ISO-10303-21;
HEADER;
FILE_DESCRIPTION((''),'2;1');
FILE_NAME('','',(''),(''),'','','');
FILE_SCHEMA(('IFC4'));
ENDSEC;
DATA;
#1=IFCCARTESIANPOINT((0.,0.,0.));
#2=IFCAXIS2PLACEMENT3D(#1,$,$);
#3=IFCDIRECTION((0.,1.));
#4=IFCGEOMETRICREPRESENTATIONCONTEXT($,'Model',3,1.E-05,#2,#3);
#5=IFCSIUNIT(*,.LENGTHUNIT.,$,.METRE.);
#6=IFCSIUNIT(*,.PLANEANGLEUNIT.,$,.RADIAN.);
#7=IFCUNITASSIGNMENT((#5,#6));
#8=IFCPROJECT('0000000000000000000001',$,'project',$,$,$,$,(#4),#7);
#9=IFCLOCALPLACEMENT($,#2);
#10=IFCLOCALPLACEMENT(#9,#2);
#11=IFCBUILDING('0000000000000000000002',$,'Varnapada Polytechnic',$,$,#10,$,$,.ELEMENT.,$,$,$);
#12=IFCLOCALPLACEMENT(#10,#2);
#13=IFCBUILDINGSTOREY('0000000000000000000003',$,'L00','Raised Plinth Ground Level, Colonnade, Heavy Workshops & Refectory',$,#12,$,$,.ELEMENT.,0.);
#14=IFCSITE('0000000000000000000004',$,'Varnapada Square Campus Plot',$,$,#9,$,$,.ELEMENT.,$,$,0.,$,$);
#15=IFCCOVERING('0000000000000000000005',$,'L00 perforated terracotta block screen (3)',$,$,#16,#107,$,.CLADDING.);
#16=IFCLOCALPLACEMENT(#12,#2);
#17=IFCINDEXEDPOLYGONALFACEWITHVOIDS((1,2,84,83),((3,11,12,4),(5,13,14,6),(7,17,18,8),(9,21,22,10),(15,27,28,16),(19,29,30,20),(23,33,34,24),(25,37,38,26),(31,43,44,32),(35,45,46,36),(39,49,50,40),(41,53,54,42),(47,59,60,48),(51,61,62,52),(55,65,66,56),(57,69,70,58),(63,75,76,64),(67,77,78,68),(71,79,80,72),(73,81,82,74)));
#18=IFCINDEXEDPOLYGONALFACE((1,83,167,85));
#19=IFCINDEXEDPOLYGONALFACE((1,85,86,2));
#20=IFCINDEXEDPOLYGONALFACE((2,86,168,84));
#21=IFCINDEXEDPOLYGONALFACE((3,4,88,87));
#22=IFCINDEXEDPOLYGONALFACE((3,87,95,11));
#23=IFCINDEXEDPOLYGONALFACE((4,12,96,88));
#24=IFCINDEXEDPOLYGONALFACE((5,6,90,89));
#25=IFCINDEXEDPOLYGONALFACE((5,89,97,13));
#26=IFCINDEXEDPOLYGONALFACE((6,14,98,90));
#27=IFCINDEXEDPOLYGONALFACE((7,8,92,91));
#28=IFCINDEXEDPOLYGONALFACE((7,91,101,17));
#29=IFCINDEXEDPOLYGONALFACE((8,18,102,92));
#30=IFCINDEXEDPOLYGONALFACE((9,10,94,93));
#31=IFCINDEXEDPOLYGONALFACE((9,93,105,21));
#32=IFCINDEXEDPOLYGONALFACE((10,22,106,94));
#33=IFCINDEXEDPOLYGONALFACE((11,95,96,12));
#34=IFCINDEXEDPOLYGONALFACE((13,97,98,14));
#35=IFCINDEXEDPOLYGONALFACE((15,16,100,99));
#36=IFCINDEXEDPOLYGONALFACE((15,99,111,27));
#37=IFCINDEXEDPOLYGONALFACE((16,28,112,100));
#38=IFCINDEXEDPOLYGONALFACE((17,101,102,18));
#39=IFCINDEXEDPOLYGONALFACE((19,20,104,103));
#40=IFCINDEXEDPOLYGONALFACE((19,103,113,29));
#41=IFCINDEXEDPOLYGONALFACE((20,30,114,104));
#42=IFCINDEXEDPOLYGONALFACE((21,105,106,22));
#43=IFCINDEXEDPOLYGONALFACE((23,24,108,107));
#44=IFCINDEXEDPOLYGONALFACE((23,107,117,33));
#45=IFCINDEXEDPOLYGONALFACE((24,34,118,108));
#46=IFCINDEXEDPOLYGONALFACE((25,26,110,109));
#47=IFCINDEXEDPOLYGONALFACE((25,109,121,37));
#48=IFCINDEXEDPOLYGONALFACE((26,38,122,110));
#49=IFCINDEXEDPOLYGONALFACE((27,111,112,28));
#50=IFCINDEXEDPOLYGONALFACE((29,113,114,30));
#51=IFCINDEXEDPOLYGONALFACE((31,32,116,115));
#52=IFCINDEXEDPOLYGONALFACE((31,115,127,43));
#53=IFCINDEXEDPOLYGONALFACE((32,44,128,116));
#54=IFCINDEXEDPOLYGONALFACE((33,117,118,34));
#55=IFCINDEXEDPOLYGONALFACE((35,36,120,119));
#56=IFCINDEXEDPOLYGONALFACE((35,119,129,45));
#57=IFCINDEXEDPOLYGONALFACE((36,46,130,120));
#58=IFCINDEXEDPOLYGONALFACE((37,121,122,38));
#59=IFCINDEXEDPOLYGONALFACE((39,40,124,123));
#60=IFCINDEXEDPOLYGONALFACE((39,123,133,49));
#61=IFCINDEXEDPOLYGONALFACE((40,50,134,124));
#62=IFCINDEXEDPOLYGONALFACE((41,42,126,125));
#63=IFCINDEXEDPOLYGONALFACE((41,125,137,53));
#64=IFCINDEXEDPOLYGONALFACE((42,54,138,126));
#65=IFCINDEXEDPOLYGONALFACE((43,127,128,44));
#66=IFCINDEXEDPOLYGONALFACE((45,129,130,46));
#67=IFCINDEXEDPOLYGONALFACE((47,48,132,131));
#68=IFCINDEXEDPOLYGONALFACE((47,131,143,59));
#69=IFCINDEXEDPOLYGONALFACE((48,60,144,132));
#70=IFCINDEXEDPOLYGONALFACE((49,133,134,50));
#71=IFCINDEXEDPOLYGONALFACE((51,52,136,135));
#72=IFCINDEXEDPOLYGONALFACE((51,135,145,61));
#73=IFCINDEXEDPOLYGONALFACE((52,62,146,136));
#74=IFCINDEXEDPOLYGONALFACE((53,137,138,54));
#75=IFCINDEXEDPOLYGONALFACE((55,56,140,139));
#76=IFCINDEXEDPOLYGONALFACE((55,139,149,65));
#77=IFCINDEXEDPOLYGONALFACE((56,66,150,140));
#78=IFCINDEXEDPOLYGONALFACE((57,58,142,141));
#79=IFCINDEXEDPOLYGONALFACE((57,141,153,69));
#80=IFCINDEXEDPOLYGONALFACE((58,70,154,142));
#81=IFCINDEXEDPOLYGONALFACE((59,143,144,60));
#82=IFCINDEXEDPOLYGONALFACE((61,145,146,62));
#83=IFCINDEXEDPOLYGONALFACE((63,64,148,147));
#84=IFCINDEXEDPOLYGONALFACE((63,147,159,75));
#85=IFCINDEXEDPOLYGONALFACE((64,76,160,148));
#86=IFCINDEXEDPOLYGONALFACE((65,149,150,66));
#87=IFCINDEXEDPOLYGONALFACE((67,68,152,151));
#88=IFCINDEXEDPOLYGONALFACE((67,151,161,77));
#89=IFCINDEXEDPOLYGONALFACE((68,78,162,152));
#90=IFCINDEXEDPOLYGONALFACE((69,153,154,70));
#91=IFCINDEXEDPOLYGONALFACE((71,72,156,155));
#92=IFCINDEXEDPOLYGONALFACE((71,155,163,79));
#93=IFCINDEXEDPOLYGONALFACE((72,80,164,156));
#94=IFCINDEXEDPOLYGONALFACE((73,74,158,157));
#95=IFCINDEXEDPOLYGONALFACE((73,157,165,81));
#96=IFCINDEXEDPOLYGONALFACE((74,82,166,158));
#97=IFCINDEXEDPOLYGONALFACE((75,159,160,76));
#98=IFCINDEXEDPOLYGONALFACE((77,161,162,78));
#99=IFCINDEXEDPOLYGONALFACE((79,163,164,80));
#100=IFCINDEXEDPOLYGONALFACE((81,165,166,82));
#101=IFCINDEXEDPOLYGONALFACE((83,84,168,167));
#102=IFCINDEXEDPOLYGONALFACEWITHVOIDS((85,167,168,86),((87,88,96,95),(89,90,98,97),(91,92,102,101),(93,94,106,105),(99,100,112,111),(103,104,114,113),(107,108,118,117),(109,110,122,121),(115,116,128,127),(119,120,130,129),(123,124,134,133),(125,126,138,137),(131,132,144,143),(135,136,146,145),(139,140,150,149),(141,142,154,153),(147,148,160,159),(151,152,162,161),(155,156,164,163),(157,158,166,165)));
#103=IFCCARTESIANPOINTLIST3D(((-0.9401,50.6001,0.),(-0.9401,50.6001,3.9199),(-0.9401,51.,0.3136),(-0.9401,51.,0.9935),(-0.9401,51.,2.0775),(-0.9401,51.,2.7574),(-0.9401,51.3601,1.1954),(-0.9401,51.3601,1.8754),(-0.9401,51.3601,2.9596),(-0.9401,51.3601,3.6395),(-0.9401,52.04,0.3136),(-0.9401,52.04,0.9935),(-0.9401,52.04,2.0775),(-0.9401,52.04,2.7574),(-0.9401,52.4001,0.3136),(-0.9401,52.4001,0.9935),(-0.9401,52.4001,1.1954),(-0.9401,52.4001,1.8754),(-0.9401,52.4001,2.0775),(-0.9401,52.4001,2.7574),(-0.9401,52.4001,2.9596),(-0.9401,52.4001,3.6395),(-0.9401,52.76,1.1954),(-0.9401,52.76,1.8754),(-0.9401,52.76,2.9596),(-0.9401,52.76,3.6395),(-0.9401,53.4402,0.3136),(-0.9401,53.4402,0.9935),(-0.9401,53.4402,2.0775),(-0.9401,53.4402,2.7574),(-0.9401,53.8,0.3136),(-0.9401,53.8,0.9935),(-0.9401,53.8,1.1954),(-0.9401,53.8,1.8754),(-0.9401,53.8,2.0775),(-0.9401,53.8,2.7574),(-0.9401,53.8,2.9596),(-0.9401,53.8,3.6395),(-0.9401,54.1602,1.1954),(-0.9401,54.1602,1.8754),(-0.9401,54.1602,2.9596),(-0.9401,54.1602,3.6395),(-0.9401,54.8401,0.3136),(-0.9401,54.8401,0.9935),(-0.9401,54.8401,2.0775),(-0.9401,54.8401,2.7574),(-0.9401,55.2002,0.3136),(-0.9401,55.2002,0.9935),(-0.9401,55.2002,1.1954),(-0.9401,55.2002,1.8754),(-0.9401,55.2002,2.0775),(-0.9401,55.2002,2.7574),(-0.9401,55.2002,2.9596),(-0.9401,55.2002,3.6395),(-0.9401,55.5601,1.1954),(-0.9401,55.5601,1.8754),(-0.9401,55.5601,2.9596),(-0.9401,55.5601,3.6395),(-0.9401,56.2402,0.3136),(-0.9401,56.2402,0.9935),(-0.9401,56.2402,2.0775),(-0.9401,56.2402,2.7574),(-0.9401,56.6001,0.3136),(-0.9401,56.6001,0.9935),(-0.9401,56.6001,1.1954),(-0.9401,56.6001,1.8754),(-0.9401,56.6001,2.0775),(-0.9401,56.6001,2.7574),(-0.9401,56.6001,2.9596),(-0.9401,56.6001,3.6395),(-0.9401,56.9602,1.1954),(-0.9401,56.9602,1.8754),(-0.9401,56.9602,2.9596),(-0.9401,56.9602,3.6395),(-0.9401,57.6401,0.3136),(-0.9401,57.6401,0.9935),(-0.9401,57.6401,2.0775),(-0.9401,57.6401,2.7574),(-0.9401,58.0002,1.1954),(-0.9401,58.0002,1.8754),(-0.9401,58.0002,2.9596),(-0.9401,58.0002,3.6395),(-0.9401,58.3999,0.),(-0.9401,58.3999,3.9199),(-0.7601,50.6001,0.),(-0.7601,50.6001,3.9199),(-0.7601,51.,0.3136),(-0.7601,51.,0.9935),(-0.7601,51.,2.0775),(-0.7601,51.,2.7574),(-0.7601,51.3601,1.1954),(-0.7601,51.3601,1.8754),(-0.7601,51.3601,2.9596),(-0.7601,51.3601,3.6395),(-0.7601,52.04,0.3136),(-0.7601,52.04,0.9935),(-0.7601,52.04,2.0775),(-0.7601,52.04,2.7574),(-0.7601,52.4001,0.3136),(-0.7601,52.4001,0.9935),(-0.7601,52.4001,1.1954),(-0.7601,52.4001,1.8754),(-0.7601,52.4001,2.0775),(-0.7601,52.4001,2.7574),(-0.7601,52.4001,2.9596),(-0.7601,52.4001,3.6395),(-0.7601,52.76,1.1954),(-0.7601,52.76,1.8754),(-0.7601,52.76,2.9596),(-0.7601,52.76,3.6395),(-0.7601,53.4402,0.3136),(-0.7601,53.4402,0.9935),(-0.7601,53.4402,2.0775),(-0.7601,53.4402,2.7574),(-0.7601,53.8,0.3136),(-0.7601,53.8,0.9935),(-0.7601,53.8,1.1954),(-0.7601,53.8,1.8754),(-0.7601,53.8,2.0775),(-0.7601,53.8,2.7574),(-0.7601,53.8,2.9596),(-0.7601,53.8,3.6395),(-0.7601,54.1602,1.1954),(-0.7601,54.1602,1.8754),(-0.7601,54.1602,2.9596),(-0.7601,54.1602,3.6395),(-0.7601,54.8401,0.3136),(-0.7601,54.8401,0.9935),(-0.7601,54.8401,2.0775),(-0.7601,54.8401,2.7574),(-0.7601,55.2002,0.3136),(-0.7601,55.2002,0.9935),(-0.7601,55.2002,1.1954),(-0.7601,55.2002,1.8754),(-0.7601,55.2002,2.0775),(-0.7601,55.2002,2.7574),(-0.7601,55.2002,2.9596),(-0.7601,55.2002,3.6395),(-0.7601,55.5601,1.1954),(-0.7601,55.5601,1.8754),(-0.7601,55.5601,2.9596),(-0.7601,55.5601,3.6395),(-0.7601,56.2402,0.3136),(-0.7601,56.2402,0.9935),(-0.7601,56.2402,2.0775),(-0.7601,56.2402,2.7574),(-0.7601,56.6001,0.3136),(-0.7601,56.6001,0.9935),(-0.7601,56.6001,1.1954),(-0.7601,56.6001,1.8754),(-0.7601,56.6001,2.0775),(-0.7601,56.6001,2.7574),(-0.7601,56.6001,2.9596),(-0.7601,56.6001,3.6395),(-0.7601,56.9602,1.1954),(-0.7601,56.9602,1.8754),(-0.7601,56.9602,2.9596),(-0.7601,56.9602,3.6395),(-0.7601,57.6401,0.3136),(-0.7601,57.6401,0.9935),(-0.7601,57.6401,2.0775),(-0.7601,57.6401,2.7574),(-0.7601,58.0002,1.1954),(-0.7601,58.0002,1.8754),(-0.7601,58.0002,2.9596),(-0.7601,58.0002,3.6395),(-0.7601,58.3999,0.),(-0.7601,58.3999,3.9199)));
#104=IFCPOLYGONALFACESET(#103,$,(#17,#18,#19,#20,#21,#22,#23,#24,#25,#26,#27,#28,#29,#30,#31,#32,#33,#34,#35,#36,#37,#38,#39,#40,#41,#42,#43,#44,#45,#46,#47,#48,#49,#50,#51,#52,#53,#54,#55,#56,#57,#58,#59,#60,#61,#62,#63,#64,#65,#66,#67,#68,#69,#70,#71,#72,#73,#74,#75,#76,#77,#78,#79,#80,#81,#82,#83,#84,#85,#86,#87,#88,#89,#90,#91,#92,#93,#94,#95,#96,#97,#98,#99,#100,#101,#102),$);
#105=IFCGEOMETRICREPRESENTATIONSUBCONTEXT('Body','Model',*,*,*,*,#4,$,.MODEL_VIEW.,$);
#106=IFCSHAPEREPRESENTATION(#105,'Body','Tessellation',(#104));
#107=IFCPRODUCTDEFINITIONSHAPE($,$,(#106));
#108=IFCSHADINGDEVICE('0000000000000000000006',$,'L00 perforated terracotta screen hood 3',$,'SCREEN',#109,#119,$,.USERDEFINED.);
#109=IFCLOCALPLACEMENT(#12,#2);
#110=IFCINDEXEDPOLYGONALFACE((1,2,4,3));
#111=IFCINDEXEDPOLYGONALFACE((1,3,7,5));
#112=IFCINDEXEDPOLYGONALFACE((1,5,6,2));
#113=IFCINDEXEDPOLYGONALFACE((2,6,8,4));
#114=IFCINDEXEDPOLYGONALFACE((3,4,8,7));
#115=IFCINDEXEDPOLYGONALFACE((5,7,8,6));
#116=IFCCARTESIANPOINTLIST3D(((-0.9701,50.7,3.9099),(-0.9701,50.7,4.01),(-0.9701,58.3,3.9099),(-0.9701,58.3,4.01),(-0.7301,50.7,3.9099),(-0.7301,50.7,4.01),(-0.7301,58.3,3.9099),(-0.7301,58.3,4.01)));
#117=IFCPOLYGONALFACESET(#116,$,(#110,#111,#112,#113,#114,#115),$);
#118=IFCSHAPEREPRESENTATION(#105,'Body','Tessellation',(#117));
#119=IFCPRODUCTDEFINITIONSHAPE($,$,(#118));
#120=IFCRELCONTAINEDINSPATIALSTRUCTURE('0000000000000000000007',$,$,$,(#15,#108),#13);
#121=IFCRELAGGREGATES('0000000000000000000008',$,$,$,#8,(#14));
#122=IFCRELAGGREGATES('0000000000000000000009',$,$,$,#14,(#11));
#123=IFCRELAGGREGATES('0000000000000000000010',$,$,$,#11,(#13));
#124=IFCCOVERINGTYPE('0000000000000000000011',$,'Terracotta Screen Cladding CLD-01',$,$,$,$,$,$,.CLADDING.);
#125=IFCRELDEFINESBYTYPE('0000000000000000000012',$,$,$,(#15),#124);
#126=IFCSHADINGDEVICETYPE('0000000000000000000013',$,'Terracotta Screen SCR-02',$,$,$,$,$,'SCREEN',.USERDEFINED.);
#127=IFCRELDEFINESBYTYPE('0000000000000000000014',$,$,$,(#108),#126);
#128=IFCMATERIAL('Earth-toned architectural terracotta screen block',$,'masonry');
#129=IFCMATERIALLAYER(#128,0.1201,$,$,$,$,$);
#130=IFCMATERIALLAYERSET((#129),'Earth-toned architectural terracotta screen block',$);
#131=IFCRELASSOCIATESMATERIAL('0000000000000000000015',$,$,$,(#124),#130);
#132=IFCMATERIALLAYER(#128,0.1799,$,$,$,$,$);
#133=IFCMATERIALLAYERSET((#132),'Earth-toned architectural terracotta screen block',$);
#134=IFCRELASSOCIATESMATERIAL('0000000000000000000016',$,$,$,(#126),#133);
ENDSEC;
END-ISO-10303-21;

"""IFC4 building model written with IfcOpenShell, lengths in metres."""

from ifc_helpers import new_model, si_unit, direction, frame, frame_2d, origin, origin_2d, place, context, subcontext, project, spatial, rectangle, extrude, material, layer, layer_set, type_object, element, save


model = new_model("IFC4")

# Units and contexts
model_context = context("Model", 3, precision=1e-05, world=origin(), true_north=direction((0.0, 1.0)))
body_context = subcontext(model_context, "Body", "Model", "MODEL_VIEW")
ifc_project = project(units=[si_unit("LENGTHUNIT", "METRE"), si_unit("PLANEANGLEUNIT", "RADIAN")], contexts=[model_context])

# Site, building, storey
site_placement = place(None, origin())
site = spatial("IfcSite", under=ifc_project, at=site_placement, Name="Varnapada Square Campus Plot", CompositionType="ELEMENT", RefElevation=0.0)
building_placement = place(site_placement, origin())
building = spatial("IfcBuilding", under=site, at=building_placement, Name="Varnapada Polytechnic", CompositionType="ELEMENT")
storey_placement = place(building_placement, origin())
storey = spatial("IfcBuildingStorey", under=building, at=storey_placement, Name="L00", Description="Raised Plinth Ground Level, Colonnade, Heavy Workshops & Refectory", CompositionType="ELEMENT", Elevation=0.0)

# Covering, openings
ifc_material_1 = material(Name="Earth-toned architectural terracotta screen block", Category="masonry")
ifc_layer_1 = layer(ifc_material_1, 0.1201)
ifc_layer_set_1 = layer_set([ifc_layer_1], Name="Earth-toned architectural terracotta screen block")
covering_type_1 = type_object("IfcCoveringType", Name="Terracotta Screen Cladding CLD-01", PredefinedType="CLADDING", material=ifc_layer_set_1)
covering_1_placement = place(storey_placement, frame((-0.8501, 50.6001, 0.0), z_axis=(0.0, 0.0, 1.0), x_axis=(0.0, 1.0, 0.0)))
covering_1 = element("IfcCovering", 1, at=covering_1_placement, inside=storey, type_object=covering_type_1, Name="L00 perforated terracotta block screen (3)", PredefinedType="CLADDING", context=body_context, shape_type="SweptSolid", body=[
    extrude(rectangle(XDim=7.7998, YDim=0.1799, at=frame_2d((3.8999, 0.0))), origin(), (0.0, 0.0, 1.0), 3.9199),
])
opening_1_placement = place(covering_1_placement, frame((0.3999, 0.0, 0.3137)))
element("IfcOpeningElement", 2, at=opening_1_placement, cuts=covering_1, PredefinedType="OPENING", context=body_context, shape_type="SweptSolid", body=[
    extrude(rectangle(XDim=1.04, YDim=0.6799, at=frame_2d((0.52, 0.3398))), frame((0.0, 0.0999, 0.0), z_axis=(0.0, -1.0, 0.0), x_axis=(1.0, 0.0, 0.0)), (0.0, 0.0, 1.0), 0.2),
])
opening_2_placement = place(covering_1_placement, frame((1.8, 0.0, 0.3137)))
element("IfcOpeningElement", 3, at=opening_2_placement, cuts=covering_1, PredefinedType="OPENING", context=body_context, shape_type="SweptSolid", body=[
    extrude(rectangle(XDim=1.04, YDim=0.6799, at=frame_2d((0.52, 0.3398))), frame((0.0, 0.0999, 0.0), z_axis=(0.0, -1.0, 0.0), x_axis=(1.0, 0.0, 0.0)), (0.0, 0.0, 1.0), 0.2),
])
opening_3_placement = place(covering_1_placement, frame((3.2, 0.0, 0.3137)))
element("IfcOpeningElement", 4, at=opening_3_placement, cuts=covering_1, PredefinedType="OPENING", context=body_context, shape_type="SweptSolid", body=[
    extrude(rectangle(XDim=1.04, YDim=0.6799, at=frame_2d((0.52, 0.3398))), frame((0.0, 0.0999, 0.0), z_axis=(0.0, -1.0, 0.0), x_axis=(1.0, 0.0, 0.0)), (0.0, 0.0, 1.0), 0.2),
])
opening_4_placement = place(covering_1_placement, frame((4.6001, 0.0, 0.3137)))
element("IfcOpeningElement", 5, at=opening_4_placement, cuts=covering_1, PredefinedType="OPENING", context=body_context, shape_type="SweptSolid", body=[
    extrude(rectangle(XDim=1.04, YDim=0.6799, at=frame_2d((0.52, 0.3398))), frame((0.0, 0.0999, 0.0), z_axis=(0.0, -1.0, 0.0), x_axis=(1.0, 0.0, 0.0)), (0.0, 0.0, 1.0), 0.2),
])
opening_5_placement = place(covering_1_placement, frame((6.0, 0.0, 0.3137)))
element("IfcOpeningElement", 6, at=opening_5_placement, cuts=covering_1, PredefinedType="OPENING", context=body_context, shape_type="SweptSolid", body=[
    extrude(rectangle(XDim=1.04, YDim=0.6799, at=frame_2d((0.52, 0.3398))), frame((0.0, 0.0999, 0.0), z_axis=(0.0, -1.0, 0.0), x_axis=(1.0, 0.0, 0.0)), (0.0, 0.0, 1.0), 0.2),
])
opening_6_placement = place(covering_1_placement, frame((0.76, 0.0, 1.1956)))
element("IfcOpeningElement", 7, at=opening_6_placement, cuts=covering_1, PredefinedType="OPENING", context=body_context, shape_type="SweptSolid", body=[
    extrude(rectangle(XDim=1.04, YDim=0.6799, at=frame_2d((0.52, 0.3398))), frame((0.0, 0.0999, 0.0), z_axis=(0.0, -1.0, 0.0), x_axis=(1.0, 0.0, 0.0)), (0.0, 0.0, 1.0), 0.2),
])
opening_7_placement = place(covering_1_placement, frame((2.1599, 0.0, 1.1956)))
element("IfcOpeningElement", 8, at=opening_7_placement, cuts=covering_1, PredefinedType="OPENING", context=body_context, shape_type="SweptSolid", body=[
    extrude(rectangle(XDim=1.04, YDim=0.6799, at=frame_2d((0.52, 0.3398))), frame((0.0, 0.0999, 0.0), z_axis=(0.0, -1.0, 0.0), x_axis=(1.0, 0.0, 0.0)), (0.0, 0.0, 1.0), 0.2),
])
opening_8_placement = place(covering_1_placement, frame((3.5601, 0.0, 1.1956)))
element("IfcOpeningElement", 9, at=opening_8_placement, cuts=covering_1, PredefinedType="OPENING", context=body_context, shape_type="SweptSolid", body=[
    extrude(rectangle(XDim=1.04, YDim=0.6799, at=frame_2d((0.52, 0.3398))), frame((0.0, 0.0999, 0.0), z_axis=(0.0, -1.0, 0.0), x_axis=(1.0, 0.0, 0.0)), (0.0, 0.0, 1.0), 0.2),
])
opening_9_placement = place(covering_1_placement, frame((4.96, 0.0, 1.1956)))
element("IfcOpeningElement", 10, at=opening_9_placement, cuts=covering_1, PredefinedType="OPENING", context=body_context, shape_type="SweptSolid", body=[
    extrude(rectangle(XDim=1.04, YDim=0.6799, at=frame_2d((0.52, 0.3398))), frame((0.0, 0.0999, 0.0), z_axis=(0.0, -1.0, 0.0), x_axis=(1.0, 0.0, 0.0)), (0.0, 0.0, 1.0), 0.2),
])
opening_10_placement = place(covering_1_placement, frame((6.3601, 0.0, 1.1956)))
element("IfcOpeningElement", 11, at=opening_10_placement, cuts=covering_1, PredefinedType="OPENING", context=body_context, shape_type="SweptSolid", body=[
    extrude(rectangle(XDim=1.04, YDim=0.6799, at=frame_2d((0.52, 0.3398))), frame((0.0, 0.0999, 0.0), z_axis=(0.0, -1.0, 0.0), x_axis=(1.0, 0.0, 0.0)), (0.0, 0.0, 1.0), 0.2),
])
opening_11_placement = place(covering_1_placement, frame((0.3999, 0.0, 2.0776)))
element("IfcOpeningElement", 12, at=opening_11_placement, cuts=covering_1, PredefinedType="OPENING", context=body_context, shape_type="SweptSolid", body=[
    extrude(rectangle(XDim=1.04, YDim=0.6799, at=frame_2d((0.52, 0.3398))), frame((0.0, 0.0999, 0.0), z_axis=(0.0, -1.0, 0.0), x_axis=(1.0, 0.0, 0.0)), (0.0, 0.0, 1.0), 0.2),
])
opening_12_placement = place(covering_1_placement, frame((1.8, 0.0, 2.0776)))
element("IfcOpeningElement", 13, at=opening_12_placement, cuts=covering_1, PredefinedType="OPENING", context=body_context, shape_type="SweptSolid", body=[
    extrude(rectangle(XDim=1.04, YDim=0.6799, at=frame_2d((0.52, 0.3398))), frame((0.0, 0.0999, 0.0), z_axis=(0.0, -1.0, 0.0), x_axis=(1.0, 0.0, 0.0)), (0.0, 0.0, 1.0), 0.2),
])
opening_13_placement = place(covering_1_placement, frame((3.2, 0.0, 2.0776)))
element("IfcOpeningElement", 14, at=opening_13_placement, cuts=covering_1, PredefinedType="OPENING", context=body_context, shape_type="SweptSolid", body=[
    extrude(rectangle(XDim=1.04, YDim=0.6799, at=frame_2d((0.52, 0.3398))), frame((0.0, 0.0999, 0.0), z_axis=(0.0, -1.0, 0.0), x_axis=(1.0, 0.0, 0.0)), (0.0, 0.0, 1.0), 0.2),
])
opening_14_placement = place(covering_1_placement, frame((4.6001, 0.0, 2.0776)))
element("IfcOpeningElement", 15, at=opening_14_placement, cuts=covering_1, PredefinedType="OPENING", context=body_context, shape_type="SweptSolid", body=[
    extrude(rectangle(XDim=1.04, YDim=0.6799, at=frame_2d((0.52, 0.3398))), frame((0.0, 0.0999, 0.0), z_axis=(0.0, -1.0, 0.0), x_axis=(1.0, 0.0, 0.0)), (0.0, 0.0, 1.0), 0.2),
])
opening_15_placement = place(covering_1_placement, frame((6.0, 0.0, 2.0776)))
element("IfcOpeningElement", 16, at=opening_15_placement, cuts=covering_1, PredefinedType="OPENING", context=body_context, shape_type="SweptSolid", body=[
    extrude(rectangle(XDim=1.04, YDim=0.6799, at=frame_2d((0.52, 0.3398))), frame((0.0, 0.0999, 0.0), z_axis=(0.0, -1.0, 0.0), x_axis=(1.0, 0.0, 0.0)), (0.0, 0.0, 1.0), 0.2),
])
opening_16_placement = place(covering_1_placement, frame((0.76, 0.0, 2.9597)))
element("IfcOpeningElement", 17, at=opening_16_placement, cuts=covering_1, PredefinedType="OPENING", context=body_context, shape_type="SweptSolid", body=[
    extrude(rectangle(XDim=1.04, YDim=0.6799, at=frame_2d((0.52, 0.3398))), frame((0.0, 0.0999, 0.0), z_axis=(0.0, -1.0, 0.0), x_axis=(1.0, 0.0, 0.0)), (0.0, 0.0, 1.0), 0.2),
])
opening_17_placement = place(covering_1_placement, frame((2.1599, 0.0, 2.9597)))
element("IfcOpeningElement", 18, at=opening_17_placement, cuts=covering_1, PredefinedType="OPENING", context=body_context, shape_type="SweptSolid", body=[
    extrude(rectangle(XDim=1.04, YDim=0.6799, at=frame_2d((0.52, 0.3398))), frame((0.0, 0.0999, 0.0), z_axis=(0.0, -1.0, 0.0), x_axis=(1.0, 0.0, 0.0)), (0.0, 0.0, 1.0), 0.2),
])
opening_18_placement = place(covering_1_placement, frame((3.5601, 0.0, 2.9597)))
element("IfcOpeningElement", 19, at=opening_18_placement, cuts=covering_1, PredefinedType="OPENING", context=body_context, shape_type="SweptSolid", body=[
    extrude(rectangle(XDim=1.04, YDim=0.6799, at=frame_2d((0.52, 0.3398))), frame((0.0, 0.0999, 0.0), z_axis=(0.0, -1.0, 0.0), x_axis=(1.0, 0.0, 0.0)), (0.0, 0.0, 1.0), 0.2),
])
opening_19_placement = place(covering_1_placement, frame((4.96, 0.0, 2.9597)))
element("IfcOpeningElement", 20, at=opening_19_placement, cuts=covering_1, PredefinedType="OPENING", context=body_context, shape_type="SweptSolid", body=[
    extrude(rectangle(XDim=1.04, YDim=0.6799, at=frame_2d((0.52, 0.3398))), frame((0.0, 0.0999, 0.0), z_axis=(0.0, -1.0, 0.0), x_axis=(1.0, 0.0, 0.0)), (0.0, 0.0, 1.0), 0.2),
])
opening_20_placement = place(covering_1_placement, frame((6.3601, 0.0, 2.9597)))
element("IfcOpeningElement", 21, at=opening_20_placement, cuts=covering_1, PredefinedType="OPENING", context=body_context, shape_type="SweptSolid", body=[
    extrude(rectangle(XDim=1.04, YDim=0.6799, at=frame_2d((0.52, 0.3398))), frame((0.0, 0.0999, 0.0), z_axis=(0.0, -1.0, 0.0), x_axis=(1.0, 0.0, 0.0)), (0.0, 0.0, 1.0), 0.2),
])

# Shading device
ifc_layer_2 = layer(ifc_material_1, 0.1799)
ifc_layer_set_2 = layer_set([ifc_layer_2], Name="Earth-toned architectural terracotta screen block")
shading_device_type = type_object("IfcShadingDeviceType", Name="Terracotta Screen SCR-02", ElementType="SCREEN", PredefinedType="USERDEFINED", material=ifc_layer_set_2)
shading_device_placement = place(storey_placement, frame((-0.8501, 54.5, 3.9099), z_axis=(0.0, 0.0, 1.0), x_axis=(0.0, 1.0, 0.0)))
element("IfcShadingDevice", 22, at=shading_device_placement, inside=storey, type_object=shading_device_type, Name="L00 perforated terracotta screen hood 3", ObjectType="SCREEN", PredefinedType="USERDEFINED", context=body_context, shape_type="SweptSolid", body=[
    extrude(rectangle(XDim=7.6001, YDim=0.24, at=origin_2d()), origin(), (0.0, 0.0, 1.0), 0.1001),
])

save(model, "model.ifc")
